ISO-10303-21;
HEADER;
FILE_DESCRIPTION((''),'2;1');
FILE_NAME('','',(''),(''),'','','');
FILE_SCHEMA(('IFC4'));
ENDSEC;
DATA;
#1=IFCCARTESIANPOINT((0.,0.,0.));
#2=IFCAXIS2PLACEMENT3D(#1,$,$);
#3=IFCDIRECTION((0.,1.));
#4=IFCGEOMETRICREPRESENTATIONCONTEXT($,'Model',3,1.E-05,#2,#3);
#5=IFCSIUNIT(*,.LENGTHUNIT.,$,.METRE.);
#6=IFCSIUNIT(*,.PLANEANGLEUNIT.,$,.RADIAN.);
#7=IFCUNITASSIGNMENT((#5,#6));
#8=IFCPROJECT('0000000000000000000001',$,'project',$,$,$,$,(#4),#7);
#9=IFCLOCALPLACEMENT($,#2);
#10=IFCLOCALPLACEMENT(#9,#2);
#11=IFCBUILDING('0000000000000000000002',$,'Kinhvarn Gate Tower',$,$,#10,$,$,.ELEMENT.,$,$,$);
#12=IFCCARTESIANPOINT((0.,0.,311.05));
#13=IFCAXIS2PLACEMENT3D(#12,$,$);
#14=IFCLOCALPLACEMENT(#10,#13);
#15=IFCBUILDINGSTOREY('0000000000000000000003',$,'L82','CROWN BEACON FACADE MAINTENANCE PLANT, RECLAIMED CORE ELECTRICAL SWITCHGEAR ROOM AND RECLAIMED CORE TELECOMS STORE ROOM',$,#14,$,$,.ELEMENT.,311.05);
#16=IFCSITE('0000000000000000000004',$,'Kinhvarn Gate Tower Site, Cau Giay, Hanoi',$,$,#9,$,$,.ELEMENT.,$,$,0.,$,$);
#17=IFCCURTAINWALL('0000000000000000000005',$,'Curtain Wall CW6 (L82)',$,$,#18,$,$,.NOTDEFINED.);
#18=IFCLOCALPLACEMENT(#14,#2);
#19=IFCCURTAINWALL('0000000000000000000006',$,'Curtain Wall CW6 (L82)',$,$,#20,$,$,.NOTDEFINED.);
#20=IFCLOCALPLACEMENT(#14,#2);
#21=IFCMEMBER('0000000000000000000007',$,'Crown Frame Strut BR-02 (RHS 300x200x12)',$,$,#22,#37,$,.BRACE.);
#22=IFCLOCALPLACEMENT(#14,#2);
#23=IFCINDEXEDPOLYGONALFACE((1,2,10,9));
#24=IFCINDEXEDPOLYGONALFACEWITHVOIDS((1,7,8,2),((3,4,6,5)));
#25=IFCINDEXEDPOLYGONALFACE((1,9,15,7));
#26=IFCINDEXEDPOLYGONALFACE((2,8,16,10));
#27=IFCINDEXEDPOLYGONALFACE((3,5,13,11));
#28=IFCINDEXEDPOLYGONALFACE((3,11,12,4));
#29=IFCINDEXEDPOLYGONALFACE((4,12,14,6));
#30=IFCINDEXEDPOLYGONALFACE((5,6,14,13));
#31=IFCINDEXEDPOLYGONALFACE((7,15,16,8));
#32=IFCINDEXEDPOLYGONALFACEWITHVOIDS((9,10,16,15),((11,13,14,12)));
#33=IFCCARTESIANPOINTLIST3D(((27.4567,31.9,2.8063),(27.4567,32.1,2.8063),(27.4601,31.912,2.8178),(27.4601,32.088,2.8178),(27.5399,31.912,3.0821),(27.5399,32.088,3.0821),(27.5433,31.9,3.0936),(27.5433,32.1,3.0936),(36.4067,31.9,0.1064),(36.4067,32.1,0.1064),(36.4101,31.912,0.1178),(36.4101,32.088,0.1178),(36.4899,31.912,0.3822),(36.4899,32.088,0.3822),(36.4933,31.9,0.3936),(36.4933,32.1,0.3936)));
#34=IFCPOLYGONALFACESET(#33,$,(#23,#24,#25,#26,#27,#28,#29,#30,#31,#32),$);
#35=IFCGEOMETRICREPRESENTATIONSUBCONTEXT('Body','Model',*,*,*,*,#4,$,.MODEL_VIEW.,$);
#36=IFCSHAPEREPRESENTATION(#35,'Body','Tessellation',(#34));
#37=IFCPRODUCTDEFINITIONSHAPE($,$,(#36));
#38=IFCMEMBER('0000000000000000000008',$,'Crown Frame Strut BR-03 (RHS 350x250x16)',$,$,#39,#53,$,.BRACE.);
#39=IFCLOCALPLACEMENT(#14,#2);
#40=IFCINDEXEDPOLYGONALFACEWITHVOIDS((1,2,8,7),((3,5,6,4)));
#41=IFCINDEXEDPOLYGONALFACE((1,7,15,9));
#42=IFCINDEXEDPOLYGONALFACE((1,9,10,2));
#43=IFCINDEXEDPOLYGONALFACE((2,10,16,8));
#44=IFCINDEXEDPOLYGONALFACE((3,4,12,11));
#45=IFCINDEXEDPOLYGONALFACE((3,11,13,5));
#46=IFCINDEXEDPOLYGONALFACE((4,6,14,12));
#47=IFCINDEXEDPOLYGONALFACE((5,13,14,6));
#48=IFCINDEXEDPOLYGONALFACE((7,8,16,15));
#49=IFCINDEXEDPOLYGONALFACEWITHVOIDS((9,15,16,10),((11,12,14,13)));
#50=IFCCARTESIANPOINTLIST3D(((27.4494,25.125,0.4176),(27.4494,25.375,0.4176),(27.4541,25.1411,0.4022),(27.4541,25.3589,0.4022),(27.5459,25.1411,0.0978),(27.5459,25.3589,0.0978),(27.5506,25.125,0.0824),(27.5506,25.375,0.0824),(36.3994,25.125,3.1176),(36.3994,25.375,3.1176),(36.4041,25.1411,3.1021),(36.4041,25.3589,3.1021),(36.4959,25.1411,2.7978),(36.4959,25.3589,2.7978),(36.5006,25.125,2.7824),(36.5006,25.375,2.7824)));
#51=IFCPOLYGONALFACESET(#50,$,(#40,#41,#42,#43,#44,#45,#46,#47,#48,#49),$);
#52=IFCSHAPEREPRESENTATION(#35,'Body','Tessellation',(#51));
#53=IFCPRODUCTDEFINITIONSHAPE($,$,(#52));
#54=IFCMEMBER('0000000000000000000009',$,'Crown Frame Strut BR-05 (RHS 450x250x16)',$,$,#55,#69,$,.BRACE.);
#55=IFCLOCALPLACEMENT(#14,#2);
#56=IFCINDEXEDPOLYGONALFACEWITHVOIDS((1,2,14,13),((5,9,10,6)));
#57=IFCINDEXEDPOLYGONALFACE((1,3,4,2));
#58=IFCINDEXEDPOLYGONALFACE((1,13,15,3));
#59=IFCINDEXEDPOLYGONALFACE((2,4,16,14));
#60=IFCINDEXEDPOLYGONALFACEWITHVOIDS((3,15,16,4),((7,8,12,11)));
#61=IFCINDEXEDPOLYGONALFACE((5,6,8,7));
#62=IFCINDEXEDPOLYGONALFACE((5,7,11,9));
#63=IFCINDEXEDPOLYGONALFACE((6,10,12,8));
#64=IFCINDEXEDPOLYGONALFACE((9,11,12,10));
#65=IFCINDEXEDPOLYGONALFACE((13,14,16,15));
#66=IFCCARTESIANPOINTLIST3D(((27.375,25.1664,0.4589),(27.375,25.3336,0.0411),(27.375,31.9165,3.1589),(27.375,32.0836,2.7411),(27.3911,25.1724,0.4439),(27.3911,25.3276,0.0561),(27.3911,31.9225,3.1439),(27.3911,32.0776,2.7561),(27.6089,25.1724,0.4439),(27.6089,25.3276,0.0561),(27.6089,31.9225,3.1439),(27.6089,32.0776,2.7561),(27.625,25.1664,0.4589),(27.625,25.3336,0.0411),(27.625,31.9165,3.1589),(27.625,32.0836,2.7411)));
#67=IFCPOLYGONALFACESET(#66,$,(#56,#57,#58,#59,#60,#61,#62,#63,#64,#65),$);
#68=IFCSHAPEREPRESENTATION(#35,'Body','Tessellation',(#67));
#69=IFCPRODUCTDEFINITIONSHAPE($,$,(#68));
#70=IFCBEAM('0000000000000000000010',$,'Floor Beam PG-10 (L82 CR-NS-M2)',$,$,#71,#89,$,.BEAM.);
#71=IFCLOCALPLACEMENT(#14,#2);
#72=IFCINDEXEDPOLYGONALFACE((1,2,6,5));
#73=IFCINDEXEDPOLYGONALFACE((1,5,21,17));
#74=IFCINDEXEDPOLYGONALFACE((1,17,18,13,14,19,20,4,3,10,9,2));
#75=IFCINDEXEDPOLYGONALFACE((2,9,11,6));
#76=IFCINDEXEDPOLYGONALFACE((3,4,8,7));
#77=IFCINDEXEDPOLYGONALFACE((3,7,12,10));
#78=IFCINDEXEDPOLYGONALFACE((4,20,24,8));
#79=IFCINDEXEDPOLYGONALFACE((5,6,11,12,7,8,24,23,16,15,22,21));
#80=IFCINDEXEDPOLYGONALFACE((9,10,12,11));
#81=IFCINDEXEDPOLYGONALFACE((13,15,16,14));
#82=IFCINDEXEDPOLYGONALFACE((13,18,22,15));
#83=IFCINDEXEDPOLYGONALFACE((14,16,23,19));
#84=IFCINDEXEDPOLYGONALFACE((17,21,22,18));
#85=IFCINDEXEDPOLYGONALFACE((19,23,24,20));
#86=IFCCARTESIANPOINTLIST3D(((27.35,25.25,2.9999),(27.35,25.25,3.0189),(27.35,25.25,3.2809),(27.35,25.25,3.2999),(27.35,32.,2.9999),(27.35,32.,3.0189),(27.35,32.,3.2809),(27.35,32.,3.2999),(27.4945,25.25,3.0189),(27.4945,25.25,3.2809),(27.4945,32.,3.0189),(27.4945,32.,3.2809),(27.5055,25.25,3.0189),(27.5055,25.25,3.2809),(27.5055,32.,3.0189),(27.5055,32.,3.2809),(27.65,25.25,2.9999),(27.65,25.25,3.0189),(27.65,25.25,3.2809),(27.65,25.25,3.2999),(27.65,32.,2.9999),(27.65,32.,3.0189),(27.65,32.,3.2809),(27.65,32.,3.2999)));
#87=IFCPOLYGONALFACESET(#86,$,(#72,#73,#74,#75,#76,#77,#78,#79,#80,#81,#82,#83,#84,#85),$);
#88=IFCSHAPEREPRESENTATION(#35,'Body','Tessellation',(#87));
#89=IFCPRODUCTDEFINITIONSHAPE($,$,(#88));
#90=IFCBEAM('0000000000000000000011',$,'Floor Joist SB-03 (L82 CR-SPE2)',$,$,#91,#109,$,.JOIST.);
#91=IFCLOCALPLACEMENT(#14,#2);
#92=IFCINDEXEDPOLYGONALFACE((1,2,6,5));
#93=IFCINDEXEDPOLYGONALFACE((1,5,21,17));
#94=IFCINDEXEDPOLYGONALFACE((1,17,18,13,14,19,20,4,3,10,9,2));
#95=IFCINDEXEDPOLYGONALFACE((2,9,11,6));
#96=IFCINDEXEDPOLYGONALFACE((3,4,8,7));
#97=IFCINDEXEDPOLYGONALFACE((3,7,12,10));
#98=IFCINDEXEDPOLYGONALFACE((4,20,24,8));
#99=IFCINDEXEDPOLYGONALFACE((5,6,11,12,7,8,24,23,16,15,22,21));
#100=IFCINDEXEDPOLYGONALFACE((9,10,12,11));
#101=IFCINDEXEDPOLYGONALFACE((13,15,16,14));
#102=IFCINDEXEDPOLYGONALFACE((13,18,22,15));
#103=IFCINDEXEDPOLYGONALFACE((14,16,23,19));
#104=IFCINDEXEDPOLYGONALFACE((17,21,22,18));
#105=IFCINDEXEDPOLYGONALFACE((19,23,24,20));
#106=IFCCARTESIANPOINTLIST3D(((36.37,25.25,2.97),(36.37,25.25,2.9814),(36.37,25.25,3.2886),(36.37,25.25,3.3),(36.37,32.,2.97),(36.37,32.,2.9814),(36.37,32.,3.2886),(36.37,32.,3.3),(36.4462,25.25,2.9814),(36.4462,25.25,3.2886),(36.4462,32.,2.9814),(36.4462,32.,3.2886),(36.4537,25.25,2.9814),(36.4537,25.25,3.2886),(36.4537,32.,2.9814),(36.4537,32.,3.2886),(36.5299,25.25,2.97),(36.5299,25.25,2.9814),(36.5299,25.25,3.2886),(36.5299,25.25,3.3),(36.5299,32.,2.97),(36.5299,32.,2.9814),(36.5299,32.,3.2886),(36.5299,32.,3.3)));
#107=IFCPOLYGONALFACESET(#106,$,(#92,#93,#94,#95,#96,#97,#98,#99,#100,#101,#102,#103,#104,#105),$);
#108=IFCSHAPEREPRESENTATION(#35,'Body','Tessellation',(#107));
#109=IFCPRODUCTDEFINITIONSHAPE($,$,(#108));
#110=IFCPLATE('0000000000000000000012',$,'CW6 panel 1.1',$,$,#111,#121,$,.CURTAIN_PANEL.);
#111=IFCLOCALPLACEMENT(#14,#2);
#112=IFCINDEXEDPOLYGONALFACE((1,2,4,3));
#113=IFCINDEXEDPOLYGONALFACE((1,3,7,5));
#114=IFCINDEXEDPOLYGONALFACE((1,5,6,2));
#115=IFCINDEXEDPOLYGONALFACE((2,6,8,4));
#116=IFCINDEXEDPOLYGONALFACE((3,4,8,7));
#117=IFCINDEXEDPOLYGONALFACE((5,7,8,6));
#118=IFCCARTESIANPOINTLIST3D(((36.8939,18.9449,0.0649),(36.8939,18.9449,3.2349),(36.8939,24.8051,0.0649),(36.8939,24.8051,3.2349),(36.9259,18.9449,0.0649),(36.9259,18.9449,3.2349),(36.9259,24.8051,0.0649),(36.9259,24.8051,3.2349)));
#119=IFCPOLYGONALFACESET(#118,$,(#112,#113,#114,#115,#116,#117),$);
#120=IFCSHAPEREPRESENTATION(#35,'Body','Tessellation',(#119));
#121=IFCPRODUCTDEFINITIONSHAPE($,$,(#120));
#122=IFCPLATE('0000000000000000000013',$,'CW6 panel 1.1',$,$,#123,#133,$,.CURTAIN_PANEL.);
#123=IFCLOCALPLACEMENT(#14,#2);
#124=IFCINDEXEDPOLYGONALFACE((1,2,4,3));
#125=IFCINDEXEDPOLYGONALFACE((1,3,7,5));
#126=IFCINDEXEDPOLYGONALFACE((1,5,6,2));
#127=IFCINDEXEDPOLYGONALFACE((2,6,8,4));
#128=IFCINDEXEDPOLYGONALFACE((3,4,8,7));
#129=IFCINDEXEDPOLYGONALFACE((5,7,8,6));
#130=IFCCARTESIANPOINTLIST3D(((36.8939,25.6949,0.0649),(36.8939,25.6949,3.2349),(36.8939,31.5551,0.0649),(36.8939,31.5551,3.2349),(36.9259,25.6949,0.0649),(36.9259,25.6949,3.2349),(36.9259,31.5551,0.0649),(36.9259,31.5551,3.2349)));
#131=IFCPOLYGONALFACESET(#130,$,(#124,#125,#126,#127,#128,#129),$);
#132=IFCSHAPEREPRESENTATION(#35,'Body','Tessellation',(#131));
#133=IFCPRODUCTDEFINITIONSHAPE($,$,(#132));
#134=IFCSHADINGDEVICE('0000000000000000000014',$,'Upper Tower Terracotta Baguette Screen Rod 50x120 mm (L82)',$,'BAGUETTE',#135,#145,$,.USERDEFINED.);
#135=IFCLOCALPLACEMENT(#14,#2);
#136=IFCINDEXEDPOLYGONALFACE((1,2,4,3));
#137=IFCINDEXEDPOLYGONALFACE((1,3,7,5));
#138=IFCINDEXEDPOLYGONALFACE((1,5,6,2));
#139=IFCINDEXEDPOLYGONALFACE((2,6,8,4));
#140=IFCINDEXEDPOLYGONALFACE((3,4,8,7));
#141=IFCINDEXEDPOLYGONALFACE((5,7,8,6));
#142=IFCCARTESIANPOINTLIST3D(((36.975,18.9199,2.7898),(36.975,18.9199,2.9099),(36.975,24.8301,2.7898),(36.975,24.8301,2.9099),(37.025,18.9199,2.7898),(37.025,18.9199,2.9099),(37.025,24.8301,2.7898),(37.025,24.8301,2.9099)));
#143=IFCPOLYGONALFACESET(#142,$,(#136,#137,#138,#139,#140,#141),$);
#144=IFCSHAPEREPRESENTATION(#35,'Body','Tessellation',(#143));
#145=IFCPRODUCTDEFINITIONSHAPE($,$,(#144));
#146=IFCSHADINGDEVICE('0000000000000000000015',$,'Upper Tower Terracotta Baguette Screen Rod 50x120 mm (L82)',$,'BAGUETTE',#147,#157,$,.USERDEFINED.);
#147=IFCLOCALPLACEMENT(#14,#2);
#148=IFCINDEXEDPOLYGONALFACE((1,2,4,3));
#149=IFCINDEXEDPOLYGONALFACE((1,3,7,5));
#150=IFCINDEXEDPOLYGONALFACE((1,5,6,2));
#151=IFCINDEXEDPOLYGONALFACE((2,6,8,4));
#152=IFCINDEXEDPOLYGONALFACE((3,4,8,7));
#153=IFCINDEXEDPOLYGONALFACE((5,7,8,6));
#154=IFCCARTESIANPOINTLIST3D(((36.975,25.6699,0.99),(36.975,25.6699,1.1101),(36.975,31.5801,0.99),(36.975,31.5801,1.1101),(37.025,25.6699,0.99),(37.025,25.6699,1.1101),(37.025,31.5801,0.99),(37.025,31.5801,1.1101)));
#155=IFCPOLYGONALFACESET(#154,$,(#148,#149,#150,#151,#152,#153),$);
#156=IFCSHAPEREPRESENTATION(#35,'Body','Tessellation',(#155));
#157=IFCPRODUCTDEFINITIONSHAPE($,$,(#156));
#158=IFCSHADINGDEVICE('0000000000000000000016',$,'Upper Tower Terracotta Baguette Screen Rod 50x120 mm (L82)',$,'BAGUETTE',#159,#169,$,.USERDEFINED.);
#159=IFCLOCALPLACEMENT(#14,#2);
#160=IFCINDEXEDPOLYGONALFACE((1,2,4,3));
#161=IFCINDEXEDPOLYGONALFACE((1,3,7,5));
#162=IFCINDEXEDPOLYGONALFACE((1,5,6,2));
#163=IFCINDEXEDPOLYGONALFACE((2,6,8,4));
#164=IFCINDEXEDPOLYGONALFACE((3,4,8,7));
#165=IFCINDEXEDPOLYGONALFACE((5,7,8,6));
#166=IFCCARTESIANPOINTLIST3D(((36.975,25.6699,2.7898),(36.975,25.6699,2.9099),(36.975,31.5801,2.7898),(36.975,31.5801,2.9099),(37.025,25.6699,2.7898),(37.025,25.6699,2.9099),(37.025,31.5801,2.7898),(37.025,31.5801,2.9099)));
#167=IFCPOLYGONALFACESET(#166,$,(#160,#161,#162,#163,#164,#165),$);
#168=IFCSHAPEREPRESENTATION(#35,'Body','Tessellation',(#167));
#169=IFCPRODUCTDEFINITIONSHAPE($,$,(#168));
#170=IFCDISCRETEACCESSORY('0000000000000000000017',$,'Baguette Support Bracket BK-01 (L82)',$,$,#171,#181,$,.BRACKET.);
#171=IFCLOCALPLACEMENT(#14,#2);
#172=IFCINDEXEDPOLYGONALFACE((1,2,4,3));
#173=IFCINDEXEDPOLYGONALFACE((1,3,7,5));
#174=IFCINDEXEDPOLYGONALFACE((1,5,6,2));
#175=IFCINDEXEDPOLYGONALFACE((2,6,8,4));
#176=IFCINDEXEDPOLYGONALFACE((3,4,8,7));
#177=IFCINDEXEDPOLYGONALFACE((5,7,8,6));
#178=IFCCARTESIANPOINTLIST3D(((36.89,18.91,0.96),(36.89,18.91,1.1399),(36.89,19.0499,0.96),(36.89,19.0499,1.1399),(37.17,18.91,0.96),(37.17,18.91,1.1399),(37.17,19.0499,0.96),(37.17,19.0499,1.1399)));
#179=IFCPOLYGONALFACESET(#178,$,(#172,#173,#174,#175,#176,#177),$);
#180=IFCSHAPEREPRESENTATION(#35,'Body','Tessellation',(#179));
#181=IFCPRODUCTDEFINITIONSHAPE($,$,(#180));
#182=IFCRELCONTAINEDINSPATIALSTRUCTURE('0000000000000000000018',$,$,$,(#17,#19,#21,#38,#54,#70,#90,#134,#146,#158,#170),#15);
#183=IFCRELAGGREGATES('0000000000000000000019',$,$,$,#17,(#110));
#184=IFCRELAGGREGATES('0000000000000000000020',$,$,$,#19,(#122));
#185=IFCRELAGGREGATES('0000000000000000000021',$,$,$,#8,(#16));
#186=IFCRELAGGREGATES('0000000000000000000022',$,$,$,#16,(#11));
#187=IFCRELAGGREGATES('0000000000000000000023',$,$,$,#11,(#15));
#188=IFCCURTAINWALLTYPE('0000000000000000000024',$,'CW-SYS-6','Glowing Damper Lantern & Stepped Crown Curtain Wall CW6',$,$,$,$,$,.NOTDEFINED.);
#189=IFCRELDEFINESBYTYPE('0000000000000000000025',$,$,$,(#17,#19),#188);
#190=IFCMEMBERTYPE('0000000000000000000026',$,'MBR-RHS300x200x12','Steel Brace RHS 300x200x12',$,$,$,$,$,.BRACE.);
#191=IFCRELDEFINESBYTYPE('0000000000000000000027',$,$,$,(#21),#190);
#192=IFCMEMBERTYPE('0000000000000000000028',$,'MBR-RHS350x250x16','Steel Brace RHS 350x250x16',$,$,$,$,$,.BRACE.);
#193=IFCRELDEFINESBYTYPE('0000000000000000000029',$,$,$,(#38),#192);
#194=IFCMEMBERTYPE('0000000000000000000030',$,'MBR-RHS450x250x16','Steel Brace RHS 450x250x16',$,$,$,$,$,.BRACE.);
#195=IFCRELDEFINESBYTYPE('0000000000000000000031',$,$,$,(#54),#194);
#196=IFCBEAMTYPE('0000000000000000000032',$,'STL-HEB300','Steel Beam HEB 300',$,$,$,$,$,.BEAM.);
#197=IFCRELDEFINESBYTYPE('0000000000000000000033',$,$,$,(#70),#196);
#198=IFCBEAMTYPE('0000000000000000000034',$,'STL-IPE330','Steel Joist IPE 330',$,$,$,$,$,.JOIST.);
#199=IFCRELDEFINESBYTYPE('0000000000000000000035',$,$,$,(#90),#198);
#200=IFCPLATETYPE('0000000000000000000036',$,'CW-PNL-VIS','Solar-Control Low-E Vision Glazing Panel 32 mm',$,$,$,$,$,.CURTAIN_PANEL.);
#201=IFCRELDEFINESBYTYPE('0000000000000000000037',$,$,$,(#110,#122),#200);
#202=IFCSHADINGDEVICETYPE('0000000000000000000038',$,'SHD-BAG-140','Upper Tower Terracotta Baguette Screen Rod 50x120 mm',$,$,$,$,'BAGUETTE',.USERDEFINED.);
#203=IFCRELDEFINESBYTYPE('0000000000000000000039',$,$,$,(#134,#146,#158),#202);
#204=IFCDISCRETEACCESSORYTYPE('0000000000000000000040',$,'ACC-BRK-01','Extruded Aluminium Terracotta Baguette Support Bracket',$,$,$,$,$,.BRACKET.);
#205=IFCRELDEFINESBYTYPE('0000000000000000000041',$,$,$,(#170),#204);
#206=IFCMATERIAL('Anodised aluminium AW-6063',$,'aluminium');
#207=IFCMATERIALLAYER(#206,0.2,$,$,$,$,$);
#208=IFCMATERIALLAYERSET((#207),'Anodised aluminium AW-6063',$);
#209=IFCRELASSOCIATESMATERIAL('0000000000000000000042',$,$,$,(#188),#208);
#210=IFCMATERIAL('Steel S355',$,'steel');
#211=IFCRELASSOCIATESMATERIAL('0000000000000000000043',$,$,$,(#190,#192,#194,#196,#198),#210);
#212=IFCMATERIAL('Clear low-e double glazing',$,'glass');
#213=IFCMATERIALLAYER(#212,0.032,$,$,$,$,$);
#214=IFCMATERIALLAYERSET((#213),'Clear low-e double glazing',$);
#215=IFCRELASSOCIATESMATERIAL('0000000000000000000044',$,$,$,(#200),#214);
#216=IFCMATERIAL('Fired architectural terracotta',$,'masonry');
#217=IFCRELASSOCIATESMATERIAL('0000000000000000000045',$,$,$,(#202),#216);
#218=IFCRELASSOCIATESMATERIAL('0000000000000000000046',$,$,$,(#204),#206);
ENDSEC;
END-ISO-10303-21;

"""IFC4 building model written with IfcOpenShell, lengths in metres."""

from ifc_helpers import new_model, si_unit, direction, frame, origin, origin_2d, place, context, subcontext, project, spatial, rectangle, hollow_rectangle, i_section, extrude, material, layer, layer_set, material_profile, profile_set, type_object, element, aggregate, save


model = new_model("IFC4")

# Units and contexts
model_context = context("Model", 3, precision=1e-05, world=origin(), true_north=direction((0.0, 1.0)))
body_context = subcontext(model_context, "Body", "Model", "MODEL_VIEW")
ifc_project = project(units=[si_unit("LENGTHUNIT", "METRE"), si_unit("PLANEANGLEUNIT", "RADIAN")], contexts=[model_context])

# Site, building, storey
site_placement = place(None, origin())
site = spatial("IfcSite", under=ifc_project, at=site_placement, Name="Kinhvarn Gate Tower Site, Cau Giay, Hanoi", CompositionType="ELEMENT", RefElevation=0.0)
building_placement = place(site_placement, origin())
building = spatial("IfcBuilding", under=site, at=building_placement, Name="Kinhvarn Gate Tower", CompositionType="ELEMENT")
storey_placement = place(building_placement, frame((0.0, 0.0, 311.05)))
storey = spatial("IfcBuildingStorey", under=building, at=storey_placement, Name="L82", Description="CROWN BEACON FACADE MAINTENANCE PLANT, RECLAIMED CORE ELECTRICAL SWITCHGEAR ROOM AND RECLAIMED CORE TELECOMS STORE ROOM", CompositionType="ELEMENT", Elevation=311.05)

# Curtain wall
ifc_material_1 = material(Name="Anodised aluminium AW-6063", Category="aluminium")
ifc_layer_1 = layer(ifc_material_1, 0.2)
ifc_layer_set_1 = layer_set([ifc_layer_1], Name="Anodised aluminium AW-6063")
curtain_wall_type = type_object("IfcCurtainWallType", Name="CW-SYS-6", Description="Glowing Damper Lantern & Stepped Crown Curtain Wall CW6", PredefinedType="NOTDEFINED", material=ifc_layer_set_1)
curtain_wall_1_placement = place(storey_placement, origin())
curtain_wall_1 = element("IfcCurtainWall", 1, at=curtain_wall_1_placement, inside=storey, type_object=curtain_wall_type, Name="Curtain Wall CW6 (L82)", PredefinedType="NOTDEFINED")

# Curtain wall
curtain_wall_2_placement = place(storey_placement, origin())
curtain_wall_2 = element("IfcCurtainWall", 2, at=curtain_wall_2_placement, inside=storey, type_object=curtain_wall_type, Name="Curtain Wall CW6 (L82)", PredefinedType="NOTDEFINED")

# Members
ifc_material_2 = material(Name="Steel S355", Category="steel")
ifc_material_profile_1 = material_profile(ifc_material_2, hollow_rectangle(XDim=0.2, YDim=0.3, WallThickness=0.012, at=origin_2d()), Name="RHS 300x200x12")
ifc_profile_set_1 = profile_set([ifc_material_profile_1], Name="Steel S355")
member_type_1 = type_object("IfcMemberType", Name="MBR-RHS300x200x12", Description="Steel Brace RHS 300x200x12", PredefinedType="BRACE", material=ifc_profile_set_1)
member_1_placement = place(storey_placement, frame((27.5, 32.0, 2.95), z_axis=(0.957385, 0.0, -0.288816), x_axis=(0.0, 1.0, 0.0)))
element("IfcMember", 3, at=member_1_placement, inside=storey, type_object=member_type_1, Name="Crown Frame Strut BR-02 (RHS 300x200x12)", PredefinedType="BRACE", context=body_context, shape_type="SweptSolid", body=[
    extrude(hollow_rectangle(XDim=0.2, YDim=0.3, WallThickness=0.012, at=origin_2d()), origin(), (0.0, 0.0, 1.0), 9.3484),
])
ifc_material_profile_2 = material_profile(ifc_material_2, hollow_rectangle(XDim=0.25, YDim=0.3501, WallThickness=0.0161, at=origin_2d()), Name="RHS 350x250x16")
ifc_profile_set_2 = profile_set([ifc_material_profile_2], Name="Steel S355")
member_type_2 = type_object("IfcMemberType", Name="MBR-RHS350x250x16", Description="Steel Brace RHS 350x250x16", PredefinedType="BRACE", material=ifc_profile_set_2)
member_2_placement = place(storey_placement, frame((27.5, 25.25, 0.25), z_axis=(0.957385, 0.0, 0.288816), x_axis=(0.0, 1.0, 0.0)))
element("IfcMember", 4, at=member_2_placement, inside=storey, type_object=member_type_2, Name="Crown Frame Strut BR-03 (RHS 350x250x16)", PredefinedType="BRACE", context=body_context, shape_type="SweptSolid", body=[
    extrude(hollow_rectangle(XDim=0.25, YDim=0.3501, WallThickness=0.0161, at=origin_2d()), origin(), (0.0, 0.0, 1.0), 9.3484),
])
ifc_material_profile_3 = material_profile(ifc_material_2, hollow_rectangle(XDim=0.25, YDim=0.45, WallThickness=0.0161, at=origin_2d()), Name="RHS 450x250x16")
ifc_profile_set_3 = profile_set([ifc_material_profile_3], Name="Steel S355")
member_type_3 = type_object("IfcMemberType", Name="MBR-RHS450x250x16", Description="Steel Brace RHS 450x250x16", PredefinedType="BRACE", material=ifc_profile_set_3)
member_3_placement = place(storey_placement, frame((27.5, 25.25, 0.25), z_axis=(0.0, 0.928479, 0.371385), x_axis=(-1.0, 0.0, 0.0)))
element("IfcMember", 5, at=member_3_placement, inside=storey, type_object=member_type_3, Name="Crown Frame Strut BR-05 (RHS 450x250x16)", PredefinedType="BRACE", context=body_context, shape_type="SweptSolid", body=[
    extrude(hollow_rectangle(XDim=0.25, YDim=0.45, WallThickness=0.0161, at=origin_2d()), origin(), (0.0, 0.0, 1.0), 7.27),
])

# Beams
ifc_material_profile_4 = material_profile(ifc_material_2, i_section(OverallWidth=0.3, OverallDepth=0.3, WebThickness=0.011, FlangeThickness=0.019, at=origin_2d()), Name="HEB 300")
ifc_profile_set_4 = profile_set([ifc_material_profile_4], Name="Steel S355")
beam_type_1 = type_object("IfcBeamType", Name="STL-HEB300", Description="Steel Beam HEB 300", PredefinedType="BEAM", material=ifc_profile_set_4)
beam_1_placement = place(storey_placement, frame((27.5, 25.25, 3.1499), z_axis=(0.0, 1.0, 0.0), x_axis=(-1.0, 0.0, 0.0)))
element("IfcBeam", 6, at=beam_1_placement, inside=storey, type_object=beam_type_1, Name="Floor Beam PG-10 (L82 CR-NS-M2)", PredefinedType="BEAM", context=body_context, shape_type="SweptSolid", body=[
    extrude(i_section(OverallWidth=0.3, OverallDepth=0.3, WebThickness=0.011, FlangeThickness=0.019, at=origin_2d()), origin(), (0.0, 0.0, 1.0), 6.75),
])
ifc_material_profile_5 = material_profile(ifc_material_2, i_section(OverallWidth=0.1599, OverallDepth=0.3301, WebThickness=0.0076, FlangeThickness=0.0115, at=origin_2d()), Name="IPE 330")
ifc_profile_set_5 = profile_set([ifc_material_profile_5], Name="Steel S355")
beam_type_2 = type_object("IfcBeamType", Name="STL-IPE330", Description="Steel Joist IPE 330", PredefinedType="JOIST", material=ifc_profile_set_5)
beam_2_placement = place(storey_placement, frame((36.45, 25.25, 3.135), z_axis=(0.0, 1.0, 0.0), x_axis=(-1.0, 0.0, 0.0)))
element("IfcBeam", 7, at=beam_2_placement, inside=storey, type_object=beam_type_2, Name="Floor Joist SB-03 (L82 CR-SPE2)", PredefinedType="JOIST", context=body_context, shape_type="SweptSolid", body=[
    extrude(i_section(OverallWidth=0.1599, OverallDepth=0.3301, WebThickness=0.0076, FlangeThickness=0.0115, at=origin_2d()), origin(), (0.0, 0.0, 1.0), 6.75),
])

# Plates
ifc_material_3 = material(Name="Clear low-e double glazing", Category="glass")
ifc_layer_2 = layer(ifc_material_3, 0.032)
ifc_layer_set_2 = layer_set([ifc_layer_2], Name="Clear low-e double glazing")
plate_type = type_object("IfcPlateType", Name="CW-PNL-VIS", Description="Solar-Control Low-E Vision Glazing Panel 32 mm", PredefinedType="CURTAIN_PANEL", material=ifc_layer_set_2)
plate_1_placement = place(storey_placement, frame((36.9099, 21.875, 0.0649), z_axis=(0.0, 0.0, 1.0), x_axis=(0.0, 1.0, 0.0)))
plate_1 = element("IfcPlate", 8, at=plate_1_placement, type_object=plate_type, Name="CW6 panel 1.1", PredefinedType="CURTAIN_PANEL", context=body_context, shape_type="SweptSolid", body=[
    extrude(rectangle(XDim=5.8601, YDim=0.032, at=origin_2d()), origin(), (0.0, 0.0, 1.0), 3.1699),
])
aggregate(curtain_wall_1, [plate_1])
plate_2_placement = place(storey_placement, frame((36.9099, 28.625, 0.0649), z_axis=(0.0, 0.0, 1.0), x_axis=(0.0, 1.0, 0.0)))
plate_2 = element("IfcPlate", 9, at=plate_2_placement, type_object=plate_type, Name="CW6 panel 1.1", PredefinedType="CURTAIN_PANEL", context=body_context, shape_type="SweptSolid", body=[
    extrude(rectangle(XDim=5.8601, YDim=0.032, at=origin_2d()), origin(), (0.0, 0.0, 1.0), 3.1699),
])
aggregate(curtain_wall_2, [plate_2])

# Shading devices
ifc_material_4 = material(Name="Fired architectural terracotta", Category="masonry")
ifc_material_profile_6 = material_profile(ifc_material_4, rectangle(XDim=0.05, YDim=0.1201, at=origin_2d()), Name="TC 50x120")
ifc_profile_set_6 = profile_set([ifc_material_profile_6], Name="Fired architectural terracotta")
shading_device_type = type_object("IfcShadingDeviceType", Name="SHD-BAG-140", Description="Upper Tower Terracotta Baguette Screen Rod 50x120 mm", ElementType="BAGUETTE", PredefinedType="USERDEFINED", material=ifc_profile_set_6)
for number, where, z_axis, x_axis, name in (
    (10, (37.0, 18.9199, 2.8499), (0.0, 1.0, 0.0), (-1.0, 0.0, 0.0), "Upper Tower Terracotta Baguette Screen Rod 50x120 mm (L82)"),
    (11, (37.0, 25.6699, 1.05), (0.0, 1.0, 0.0), (-1.0, 0.0, 0.0), "Upper Tower Terracotta Baguette Screen Rod 50x120 mm (L82)"),
    (12, (37.0, 25.6699, 2.8499), (0.0, 1.0, 0.0), (-1.0, 0.0, 0.0), "Upper Tower Terracotta Baguette Screen Rod 50x120 mm (L82)"),
):
    element("IfcShadingDevice", number, at=place(storey_placement, frame(where, z_axis=z_axis, x_axis=x_axis)), inside=storey, type_object=shading_device_type, Name=name, ObjectType="BAGUETTE", PredefinedType="USERDEFINED", context=body_context, shape_type="SweptSolid", body=[
        extrude(rectangle(XDim=0.05, YDim=0.1201, at=origin_2d()), origin(), (0.0, 0.0, 1.0), 5.9102),
    ])

# Discrete accessory
discrete_accessory_type = type_object("IfcDiscreteAccessoryType", Name="ACC-BRK-01", Description="Extruded Aluminium Terracotta Baguette Support Bracket", PredefinedType="BRACKET", material=ifc_material_1)
for number, where, z_axis, x_axis, name in (
    (13, (37.03, 18.98, 0.96), (0.0, 0.0, 1.0), (0.0, 1.0, 0.0), "Baguette Support Bracket BK-01 (L82)"),
):
    element("IfcDiscreteAccessory", number, at=place(storey_placement, frame(where, z_axis=z_axis, x_axis=x_axis)), inside=storey, type_object=discrete_accessory_type, Name=name, PredefinedType="BRACKET", context=body_context, shape_type="SweptSolid", body=[
        extrude(rectangle(XDim=0.1399, YDim=0.28, at=origin_2d()), origin(), (0.0, 0.0, 1.0), 0.1799),
    ])

save(model, "model.ifc")
